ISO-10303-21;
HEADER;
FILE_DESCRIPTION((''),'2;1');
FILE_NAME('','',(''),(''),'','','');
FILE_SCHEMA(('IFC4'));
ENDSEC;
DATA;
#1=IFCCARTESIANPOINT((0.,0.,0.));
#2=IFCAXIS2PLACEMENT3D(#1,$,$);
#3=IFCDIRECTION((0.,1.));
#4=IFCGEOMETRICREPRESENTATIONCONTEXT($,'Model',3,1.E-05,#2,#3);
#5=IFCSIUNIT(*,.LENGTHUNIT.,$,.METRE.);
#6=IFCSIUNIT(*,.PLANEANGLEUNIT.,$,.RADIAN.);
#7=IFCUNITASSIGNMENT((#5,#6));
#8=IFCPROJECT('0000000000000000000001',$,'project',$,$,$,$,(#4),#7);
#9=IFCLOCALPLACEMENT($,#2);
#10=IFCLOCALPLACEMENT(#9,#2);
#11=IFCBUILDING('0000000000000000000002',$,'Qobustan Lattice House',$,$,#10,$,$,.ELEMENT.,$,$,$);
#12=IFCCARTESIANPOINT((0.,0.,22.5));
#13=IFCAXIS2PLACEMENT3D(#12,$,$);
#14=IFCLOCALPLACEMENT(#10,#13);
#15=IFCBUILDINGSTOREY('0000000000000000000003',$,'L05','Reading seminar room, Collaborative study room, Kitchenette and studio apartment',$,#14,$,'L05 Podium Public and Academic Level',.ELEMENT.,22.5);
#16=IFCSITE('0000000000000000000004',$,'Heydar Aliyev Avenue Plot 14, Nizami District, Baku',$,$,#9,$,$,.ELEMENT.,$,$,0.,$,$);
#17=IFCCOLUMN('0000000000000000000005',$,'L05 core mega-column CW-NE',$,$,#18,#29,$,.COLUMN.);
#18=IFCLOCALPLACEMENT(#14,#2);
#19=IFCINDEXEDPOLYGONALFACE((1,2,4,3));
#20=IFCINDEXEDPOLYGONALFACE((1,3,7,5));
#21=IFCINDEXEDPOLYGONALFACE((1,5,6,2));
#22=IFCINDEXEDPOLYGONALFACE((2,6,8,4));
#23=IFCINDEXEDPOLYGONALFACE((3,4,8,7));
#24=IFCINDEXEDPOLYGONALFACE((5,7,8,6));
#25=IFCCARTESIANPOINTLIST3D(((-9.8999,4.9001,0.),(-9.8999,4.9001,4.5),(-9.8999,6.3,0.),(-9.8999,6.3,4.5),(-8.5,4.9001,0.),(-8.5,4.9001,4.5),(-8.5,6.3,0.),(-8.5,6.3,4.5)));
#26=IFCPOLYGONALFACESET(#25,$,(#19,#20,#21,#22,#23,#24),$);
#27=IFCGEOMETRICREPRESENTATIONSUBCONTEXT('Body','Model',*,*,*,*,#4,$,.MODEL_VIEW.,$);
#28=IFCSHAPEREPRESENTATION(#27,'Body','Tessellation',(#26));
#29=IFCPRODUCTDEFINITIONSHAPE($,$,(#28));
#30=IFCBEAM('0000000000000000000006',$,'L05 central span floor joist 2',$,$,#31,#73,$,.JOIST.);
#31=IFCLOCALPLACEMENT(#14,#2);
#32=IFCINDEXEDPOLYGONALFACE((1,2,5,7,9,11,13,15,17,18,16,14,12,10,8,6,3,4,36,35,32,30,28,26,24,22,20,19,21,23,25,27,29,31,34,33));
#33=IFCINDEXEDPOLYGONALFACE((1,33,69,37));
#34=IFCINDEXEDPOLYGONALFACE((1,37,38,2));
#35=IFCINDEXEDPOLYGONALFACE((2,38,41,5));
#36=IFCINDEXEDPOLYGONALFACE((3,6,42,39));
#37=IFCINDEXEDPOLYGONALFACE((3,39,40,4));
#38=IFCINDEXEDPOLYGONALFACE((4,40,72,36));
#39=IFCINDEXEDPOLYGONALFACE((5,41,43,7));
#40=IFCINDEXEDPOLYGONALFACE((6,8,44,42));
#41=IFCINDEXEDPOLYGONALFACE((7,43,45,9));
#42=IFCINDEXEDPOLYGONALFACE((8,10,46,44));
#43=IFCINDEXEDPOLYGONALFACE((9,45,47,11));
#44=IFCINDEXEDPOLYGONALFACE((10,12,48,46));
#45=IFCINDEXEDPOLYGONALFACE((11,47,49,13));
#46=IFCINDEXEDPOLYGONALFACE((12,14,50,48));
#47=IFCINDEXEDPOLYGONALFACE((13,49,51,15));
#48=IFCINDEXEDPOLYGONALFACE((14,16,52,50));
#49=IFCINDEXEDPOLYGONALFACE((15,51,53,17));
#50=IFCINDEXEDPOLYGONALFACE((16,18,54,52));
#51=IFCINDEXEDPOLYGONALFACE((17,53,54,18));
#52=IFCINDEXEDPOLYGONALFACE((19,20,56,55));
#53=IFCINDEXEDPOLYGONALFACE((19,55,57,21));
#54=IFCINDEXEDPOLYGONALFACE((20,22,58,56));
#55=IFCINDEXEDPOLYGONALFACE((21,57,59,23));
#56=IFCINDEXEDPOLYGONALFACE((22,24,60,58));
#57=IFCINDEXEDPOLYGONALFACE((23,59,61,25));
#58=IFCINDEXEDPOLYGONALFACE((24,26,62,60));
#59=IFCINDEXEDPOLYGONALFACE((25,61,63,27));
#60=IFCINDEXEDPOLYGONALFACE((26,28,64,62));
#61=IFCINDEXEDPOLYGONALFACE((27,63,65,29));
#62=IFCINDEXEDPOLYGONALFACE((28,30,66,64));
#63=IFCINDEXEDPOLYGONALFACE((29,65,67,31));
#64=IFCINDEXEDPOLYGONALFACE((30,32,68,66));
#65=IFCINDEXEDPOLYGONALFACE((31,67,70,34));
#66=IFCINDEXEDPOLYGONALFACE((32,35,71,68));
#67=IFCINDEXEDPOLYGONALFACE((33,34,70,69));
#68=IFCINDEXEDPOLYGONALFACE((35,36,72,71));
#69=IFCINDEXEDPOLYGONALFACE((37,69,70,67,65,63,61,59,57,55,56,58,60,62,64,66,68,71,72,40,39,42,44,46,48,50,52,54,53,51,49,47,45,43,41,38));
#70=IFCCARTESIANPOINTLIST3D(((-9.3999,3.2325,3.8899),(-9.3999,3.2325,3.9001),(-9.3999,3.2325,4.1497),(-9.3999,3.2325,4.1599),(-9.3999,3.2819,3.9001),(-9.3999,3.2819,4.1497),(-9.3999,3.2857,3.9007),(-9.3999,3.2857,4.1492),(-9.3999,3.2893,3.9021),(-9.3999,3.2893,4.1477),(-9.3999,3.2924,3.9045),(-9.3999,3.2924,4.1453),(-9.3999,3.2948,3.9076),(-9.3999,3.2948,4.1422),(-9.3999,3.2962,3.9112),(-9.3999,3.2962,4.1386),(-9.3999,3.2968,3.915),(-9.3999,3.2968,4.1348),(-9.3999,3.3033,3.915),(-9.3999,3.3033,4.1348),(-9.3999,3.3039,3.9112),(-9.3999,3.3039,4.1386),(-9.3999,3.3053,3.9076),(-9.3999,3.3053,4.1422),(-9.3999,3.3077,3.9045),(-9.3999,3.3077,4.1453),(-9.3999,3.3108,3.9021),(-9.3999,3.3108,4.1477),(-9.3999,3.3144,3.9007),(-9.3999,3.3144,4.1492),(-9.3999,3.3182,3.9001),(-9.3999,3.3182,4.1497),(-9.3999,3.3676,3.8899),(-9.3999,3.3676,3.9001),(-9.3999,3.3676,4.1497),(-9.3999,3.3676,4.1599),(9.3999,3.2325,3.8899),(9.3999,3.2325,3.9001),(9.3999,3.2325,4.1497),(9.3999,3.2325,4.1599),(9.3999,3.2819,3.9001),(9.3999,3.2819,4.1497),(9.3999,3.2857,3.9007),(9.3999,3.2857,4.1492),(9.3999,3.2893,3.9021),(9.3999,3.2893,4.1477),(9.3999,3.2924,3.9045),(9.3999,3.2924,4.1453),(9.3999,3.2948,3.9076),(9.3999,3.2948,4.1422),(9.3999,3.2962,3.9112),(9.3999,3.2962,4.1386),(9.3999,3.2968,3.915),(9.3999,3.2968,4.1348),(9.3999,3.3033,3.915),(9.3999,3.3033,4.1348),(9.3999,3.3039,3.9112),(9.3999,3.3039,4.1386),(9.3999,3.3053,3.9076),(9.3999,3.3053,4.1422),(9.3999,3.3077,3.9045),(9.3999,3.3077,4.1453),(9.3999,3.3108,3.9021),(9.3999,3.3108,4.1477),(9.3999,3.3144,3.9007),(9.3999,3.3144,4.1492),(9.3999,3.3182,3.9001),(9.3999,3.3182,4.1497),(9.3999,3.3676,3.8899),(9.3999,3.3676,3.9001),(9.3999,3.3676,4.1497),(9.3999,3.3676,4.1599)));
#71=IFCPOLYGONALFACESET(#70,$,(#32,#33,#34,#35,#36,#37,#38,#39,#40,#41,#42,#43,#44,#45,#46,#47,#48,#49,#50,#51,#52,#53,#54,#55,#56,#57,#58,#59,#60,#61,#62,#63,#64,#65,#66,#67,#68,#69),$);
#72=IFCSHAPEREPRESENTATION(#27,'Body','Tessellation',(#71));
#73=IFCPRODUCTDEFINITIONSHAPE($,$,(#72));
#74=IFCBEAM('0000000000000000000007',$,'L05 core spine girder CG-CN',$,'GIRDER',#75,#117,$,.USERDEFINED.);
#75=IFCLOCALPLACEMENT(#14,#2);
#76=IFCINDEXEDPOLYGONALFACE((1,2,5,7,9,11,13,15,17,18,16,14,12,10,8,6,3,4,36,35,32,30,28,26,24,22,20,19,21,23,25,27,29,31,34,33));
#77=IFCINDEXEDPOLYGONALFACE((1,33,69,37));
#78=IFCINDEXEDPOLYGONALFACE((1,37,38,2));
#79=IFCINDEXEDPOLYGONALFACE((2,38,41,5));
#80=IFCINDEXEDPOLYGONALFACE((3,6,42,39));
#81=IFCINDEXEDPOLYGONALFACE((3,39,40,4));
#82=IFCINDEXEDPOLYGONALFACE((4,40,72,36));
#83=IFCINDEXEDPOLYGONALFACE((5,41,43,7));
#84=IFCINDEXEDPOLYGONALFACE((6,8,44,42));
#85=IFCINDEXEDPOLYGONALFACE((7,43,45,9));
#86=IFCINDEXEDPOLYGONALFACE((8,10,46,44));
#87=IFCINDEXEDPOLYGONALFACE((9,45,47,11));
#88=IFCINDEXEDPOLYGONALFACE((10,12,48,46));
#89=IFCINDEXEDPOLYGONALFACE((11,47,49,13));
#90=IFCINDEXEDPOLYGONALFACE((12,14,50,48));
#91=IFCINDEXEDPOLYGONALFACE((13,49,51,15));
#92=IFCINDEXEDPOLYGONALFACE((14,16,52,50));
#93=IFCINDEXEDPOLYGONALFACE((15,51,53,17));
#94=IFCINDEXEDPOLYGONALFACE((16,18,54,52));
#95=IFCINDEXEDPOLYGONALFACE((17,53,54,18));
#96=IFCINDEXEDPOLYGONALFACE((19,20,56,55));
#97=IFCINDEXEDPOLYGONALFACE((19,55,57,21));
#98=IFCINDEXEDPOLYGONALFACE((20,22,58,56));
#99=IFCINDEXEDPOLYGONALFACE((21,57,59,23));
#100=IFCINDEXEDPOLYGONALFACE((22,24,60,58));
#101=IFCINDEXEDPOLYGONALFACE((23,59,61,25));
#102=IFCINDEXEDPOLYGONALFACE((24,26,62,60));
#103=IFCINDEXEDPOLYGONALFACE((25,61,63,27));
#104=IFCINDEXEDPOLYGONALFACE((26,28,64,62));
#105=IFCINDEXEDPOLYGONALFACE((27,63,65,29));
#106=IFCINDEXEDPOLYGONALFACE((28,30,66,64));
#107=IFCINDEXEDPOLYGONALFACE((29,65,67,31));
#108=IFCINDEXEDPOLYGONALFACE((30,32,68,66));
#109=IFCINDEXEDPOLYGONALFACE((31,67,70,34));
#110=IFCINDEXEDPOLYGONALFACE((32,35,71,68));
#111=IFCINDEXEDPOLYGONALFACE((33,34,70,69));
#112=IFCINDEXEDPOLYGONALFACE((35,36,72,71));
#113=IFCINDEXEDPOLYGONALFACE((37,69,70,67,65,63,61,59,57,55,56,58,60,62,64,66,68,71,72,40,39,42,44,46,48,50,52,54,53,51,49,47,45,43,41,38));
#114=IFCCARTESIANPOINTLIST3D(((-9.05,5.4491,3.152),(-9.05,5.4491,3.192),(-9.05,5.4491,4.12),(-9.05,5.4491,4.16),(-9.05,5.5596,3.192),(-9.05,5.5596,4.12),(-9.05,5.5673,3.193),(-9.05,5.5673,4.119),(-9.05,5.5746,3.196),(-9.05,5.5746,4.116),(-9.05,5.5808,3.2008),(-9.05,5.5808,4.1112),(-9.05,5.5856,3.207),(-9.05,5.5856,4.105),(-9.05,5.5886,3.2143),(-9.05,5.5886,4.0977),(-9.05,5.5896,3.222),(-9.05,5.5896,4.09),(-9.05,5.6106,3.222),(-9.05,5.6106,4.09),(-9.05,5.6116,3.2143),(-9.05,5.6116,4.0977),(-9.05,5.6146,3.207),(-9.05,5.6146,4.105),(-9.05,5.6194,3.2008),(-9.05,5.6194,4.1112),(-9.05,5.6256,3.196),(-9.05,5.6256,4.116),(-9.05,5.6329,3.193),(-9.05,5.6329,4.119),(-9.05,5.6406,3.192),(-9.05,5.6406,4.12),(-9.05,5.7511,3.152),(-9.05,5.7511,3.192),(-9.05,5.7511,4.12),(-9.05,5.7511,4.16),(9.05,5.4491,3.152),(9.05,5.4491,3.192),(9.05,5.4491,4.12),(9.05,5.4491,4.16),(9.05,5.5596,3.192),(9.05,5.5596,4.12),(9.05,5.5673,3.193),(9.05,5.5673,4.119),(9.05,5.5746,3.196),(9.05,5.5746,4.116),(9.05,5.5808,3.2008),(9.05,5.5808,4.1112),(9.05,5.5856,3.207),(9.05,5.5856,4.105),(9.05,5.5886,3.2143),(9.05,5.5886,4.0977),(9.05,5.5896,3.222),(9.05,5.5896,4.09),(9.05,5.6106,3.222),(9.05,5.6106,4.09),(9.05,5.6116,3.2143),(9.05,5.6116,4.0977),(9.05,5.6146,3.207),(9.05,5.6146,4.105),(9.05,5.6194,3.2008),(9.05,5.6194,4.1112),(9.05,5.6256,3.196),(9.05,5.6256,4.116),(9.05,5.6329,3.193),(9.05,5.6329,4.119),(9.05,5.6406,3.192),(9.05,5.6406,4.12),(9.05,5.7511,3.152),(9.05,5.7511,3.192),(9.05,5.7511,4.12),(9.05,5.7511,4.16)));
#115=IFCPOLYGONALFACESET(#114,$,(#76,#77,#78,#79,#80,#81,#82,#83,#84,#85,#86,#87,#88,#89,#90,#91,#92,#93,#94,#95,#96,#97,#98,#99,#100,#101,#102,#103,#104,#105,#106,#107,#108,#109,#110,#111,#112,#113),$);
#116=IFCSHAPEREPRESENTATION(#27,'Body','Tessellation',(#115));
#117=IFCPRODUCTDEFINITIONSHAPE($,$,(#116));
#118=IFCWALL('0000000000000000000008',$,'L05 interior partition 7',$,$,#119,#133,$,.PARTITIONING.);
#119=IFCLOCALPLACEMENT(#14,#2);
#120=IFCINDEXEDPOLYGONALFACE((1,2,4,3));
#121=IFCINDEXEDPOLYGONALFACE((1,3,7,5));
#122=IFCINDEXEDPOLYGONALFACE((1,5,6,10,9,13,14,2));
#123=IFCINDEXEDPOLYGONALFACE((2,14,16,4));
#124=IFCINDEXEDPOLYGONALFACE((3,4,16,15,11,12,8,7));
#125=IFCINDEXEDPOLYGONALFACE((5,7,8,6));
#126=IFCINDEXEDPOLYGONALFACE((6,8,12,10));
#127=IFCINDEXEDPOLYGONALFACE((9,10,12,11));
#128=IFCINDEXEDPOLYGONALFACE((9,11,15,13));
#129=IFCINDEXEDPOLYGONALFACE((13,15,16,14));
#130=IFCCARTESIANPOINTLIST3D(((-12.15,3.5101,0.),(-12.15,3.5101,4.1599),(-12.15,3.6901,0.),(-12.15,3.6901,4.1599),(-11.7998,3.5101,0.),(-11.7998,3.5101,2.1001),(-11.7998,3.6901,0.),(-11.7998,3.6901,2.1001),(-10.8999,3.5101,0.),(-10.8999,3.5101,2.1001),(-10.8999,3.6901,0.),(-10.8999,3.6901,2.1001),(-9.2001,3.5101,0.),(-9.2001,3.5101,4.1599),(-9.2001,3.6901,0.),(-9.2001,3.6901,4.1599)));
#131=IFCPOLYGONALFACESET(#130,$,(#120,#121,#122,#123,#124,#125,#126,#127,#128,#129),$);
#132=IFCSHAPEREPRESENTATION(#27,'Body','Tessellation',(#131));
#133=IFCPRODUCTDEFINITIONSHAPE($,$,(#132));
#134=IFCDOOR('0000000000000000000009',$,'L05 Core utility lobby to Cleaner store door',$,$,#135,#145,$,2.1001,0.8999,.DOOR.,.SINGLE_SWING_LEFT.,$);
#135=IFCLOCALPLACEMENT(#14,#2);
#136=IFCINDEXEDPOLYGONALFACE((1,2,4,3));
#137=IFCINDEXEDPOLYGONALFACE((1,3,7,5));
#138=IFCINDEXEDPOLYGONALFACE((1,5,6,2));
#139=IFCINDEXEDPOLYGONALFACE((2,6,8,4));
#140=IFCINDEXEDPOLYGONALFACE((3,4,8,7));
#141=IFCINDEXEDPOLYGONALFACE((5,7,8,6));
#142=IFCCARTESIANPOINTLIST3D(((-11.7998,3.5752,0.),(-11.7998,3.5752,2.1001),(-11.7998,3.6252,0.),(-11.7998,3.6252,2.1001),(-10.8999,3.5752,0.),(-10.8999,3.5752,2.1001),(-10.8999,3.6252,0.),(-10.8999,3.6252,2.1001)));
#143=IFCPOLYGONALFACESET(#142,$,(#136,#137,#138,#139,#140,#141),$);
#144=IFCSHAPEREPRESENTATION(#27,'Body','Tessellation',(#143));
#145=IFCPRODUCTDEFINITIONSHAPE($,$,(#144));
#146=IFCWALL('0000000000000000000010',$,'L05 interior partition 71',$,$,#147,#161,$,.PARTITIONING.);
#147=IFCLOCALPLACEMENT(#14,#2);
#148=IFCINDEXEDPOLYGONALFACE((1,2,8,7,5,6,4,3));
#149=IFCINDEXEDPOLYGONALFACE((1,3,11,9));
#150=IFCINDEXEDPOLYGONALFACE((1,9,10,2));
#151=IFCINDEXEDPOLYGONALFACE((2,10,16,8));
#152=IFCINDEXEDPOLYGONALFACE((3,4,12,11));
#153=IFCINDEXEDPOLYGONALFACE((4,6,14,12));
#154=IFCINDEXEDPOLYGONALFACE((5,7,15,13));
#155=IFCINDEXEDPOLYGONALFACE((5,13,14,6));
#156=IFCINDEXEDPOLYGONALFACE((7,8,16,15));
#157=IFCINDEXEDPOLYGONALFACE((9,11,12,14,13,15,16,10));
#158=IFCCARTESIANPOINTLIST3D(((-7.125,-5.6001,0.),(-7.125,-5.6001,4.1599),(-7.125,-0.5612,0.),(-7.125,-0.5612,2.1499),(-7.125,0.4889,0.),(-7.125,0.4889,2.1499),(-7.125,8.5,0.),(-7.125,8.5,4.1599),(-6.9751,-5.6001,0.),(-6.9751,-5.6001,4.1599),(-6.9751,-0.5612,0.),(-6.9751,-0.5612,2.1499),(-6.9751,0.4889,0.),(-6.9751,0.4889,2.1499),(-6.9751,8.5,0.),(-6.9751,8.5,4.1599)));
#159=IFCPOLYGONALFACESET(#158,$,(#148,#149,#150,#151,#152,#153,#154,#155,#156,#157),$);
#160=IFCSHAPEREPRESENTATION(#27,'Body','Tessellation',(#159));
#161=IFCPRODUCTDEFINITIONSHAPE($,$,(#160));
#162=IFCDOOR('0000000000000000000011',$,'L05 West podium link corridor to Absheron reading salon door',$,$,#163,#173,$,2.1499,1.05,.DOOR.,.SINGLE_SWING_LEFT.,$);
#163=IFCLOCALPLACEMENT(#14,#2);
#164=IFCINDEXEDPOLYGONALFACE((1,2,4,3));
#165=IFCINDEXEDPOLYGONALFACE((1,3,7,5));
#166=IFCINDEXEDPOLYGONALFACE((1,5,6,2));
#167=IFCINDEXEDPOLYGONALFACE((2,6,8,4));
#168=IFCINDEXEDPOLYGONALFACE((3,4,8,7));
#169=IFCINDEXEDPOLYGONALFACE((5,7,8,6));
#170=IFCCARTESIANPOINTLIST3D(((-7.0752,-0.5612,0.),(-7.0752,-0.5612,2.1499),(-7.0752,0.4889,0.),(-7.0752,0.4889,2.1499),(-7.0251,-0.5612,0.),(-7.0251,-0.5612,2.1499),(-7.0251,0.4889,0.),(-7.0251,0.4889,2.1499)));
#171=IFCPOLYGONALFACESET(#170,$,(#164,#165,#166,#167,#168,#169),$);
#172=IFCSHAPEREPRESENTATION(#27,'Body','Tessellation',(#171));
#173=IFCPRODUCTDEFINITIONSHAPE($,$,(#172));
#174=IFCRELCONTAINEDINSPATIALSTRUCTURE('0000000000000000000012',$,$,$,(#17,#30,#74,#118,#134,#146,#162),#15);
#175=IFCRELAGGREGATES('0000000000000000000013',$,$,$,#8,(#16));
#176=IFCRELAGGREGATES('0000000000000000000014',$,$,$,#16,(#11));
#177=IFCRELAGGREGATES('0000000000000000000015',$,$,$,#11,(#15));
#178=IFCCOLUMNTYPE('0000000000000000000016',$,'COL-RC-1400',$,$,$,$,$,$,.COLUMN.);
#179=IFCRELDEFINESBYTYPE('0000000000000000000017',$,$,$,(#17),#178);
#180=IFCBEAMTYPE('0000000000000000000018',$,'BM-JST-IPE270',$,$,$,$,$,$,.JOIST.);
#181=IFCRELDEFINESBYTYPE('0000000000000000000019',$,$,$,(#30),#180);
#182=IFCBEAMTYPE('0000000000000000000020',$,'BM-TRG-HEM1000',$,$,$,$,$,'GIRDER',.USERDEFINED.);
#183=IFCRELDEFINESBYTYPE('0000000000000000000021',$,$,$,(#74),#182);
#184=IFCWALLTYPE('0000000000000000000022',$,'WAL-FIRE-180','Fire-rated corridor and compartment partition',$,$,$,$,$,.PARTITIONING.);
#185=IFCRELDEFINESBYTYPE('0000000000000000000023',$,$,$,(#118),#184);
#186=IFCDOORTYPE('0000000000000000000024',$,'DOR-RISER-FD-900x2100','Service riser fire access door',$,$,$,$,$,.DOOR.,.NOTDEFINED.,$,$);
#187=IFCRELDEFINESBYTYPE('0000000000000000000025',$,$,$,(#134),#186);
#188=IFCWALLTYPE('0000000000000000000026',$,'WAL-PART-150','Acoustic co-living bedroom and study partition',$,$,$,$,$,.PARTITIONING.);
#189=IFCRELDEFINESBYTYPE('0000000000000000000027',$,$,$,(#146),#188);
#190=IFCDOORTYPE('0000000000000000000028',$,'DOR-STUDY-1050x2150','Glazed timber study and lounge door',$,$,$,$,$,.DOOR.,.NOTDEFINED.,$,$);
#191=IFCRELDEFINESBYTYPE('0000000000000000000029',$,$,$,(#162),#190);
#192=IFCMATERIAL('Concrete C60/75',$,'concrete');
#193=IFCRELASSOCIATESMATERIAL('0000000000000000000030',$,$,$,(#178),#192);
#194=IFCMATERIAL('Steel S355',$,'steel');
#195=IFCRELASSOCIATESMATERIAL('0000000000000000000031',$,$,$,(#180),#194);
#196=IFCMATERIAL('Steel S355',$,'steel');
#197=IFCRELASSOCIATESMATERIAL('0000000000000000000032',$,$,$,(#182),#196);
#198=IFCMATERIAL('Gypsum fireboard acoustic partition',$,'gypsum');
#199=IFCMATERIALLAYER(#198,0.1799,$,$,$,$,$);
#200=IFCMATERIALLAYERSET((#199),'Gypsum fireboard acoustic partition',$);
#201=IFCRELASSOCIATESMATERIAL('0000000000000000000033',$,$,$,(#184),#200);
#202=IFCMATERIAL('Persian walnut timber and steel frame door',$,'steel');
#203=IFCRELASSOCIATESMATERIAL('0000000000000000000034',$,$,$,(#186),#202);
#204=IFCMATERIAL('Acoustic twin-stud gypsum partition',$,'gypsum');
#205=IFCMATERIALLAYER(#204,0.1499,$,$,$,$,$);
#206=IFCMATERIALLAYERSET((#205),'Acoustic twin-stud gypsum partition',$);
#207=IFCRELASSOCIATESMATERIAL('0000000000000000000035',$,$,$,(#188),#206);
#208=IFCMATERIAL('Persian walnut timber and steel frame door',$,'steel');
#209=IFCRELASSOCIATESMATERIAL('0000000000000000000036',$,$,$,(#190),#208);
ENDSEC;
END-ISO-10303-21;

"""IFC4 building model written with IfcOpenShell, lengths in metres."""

from ifc_helpers import new_model, si_unit, direction, frame, frame_2d, origin, origin_2d, place, context, subcontext, project, spatial, rectangle, i_section, extrude, material, layer, layer_set, material_profile, profile_set, type_object, element, fill, save


model = new_model("IFC4")

# Units and contexts
model_context = context("Model", 3, precision=1e-05, world=origin(), true_north=direction((0.0, 1.0)))
body_context = subcontext(model_context, "Body", "Model", "MODEL_VIEW")
ifc_project = project(units=[si_unit("LENGTHUNIT", "METRE"), si_unit("PLANEANGLEUNIT", "RADIAN")], contexts=[model_context])

# Site, building, storey
site_placement = place(None, origin())
site = spatial("IfcSite", under=ifc_project, at=site_placement, Name="Heydar Aliyev Avenue Plot 14, Nizami District, Baku", CompositionType="ELEMENT", RefElevation=0.0)
building_placement = place(site_placement, origin())
building = spatial("IfcBuilding", under=site, at=building_placement, Name="Qobustan Lattice House", CompositionType="ELEMENT")
storey_placement = place(building_placement, frame((0.0, 0.0, 22.5)))
storey = spatial("IfcBuildingStorey", under=building, at=storey_placement, Name="L05", Description="Reading seminar room, Collaborative study room, Kitchenette and studio apartment", LongName="L05 Podium Public and Academic Level", CompositionType="ELEMENT", Elevation=22.5)

# Column
ifc_material_1 = material(Name="Concrete C60/75", Category="concrete")
ifc_material_profile_1 = material_profile(ifc_material_1, rectangle(XDim=1.3999, YDim=1.3999, at=origin_2d()), Name="RC1400x1400")
ifc_profile_set_1 = profile_set([ifc_material_profile_1], Name="Concrete C60/75")
column_type = type_object("IfcColumnType", Name="COL-RC-1400", PredefinedType="COLUMN", material=ifc_profile_set_1)
column_placement = place(storey_placement, frame((-9.2, 5.6001, 0.0), z_axis=(0.0, 0.0, 1.0), x_axis=(1.0, 0.0, 0.0)))
element("IfcColumn", 1, at=column_placement, inside=storey, type_object=column_type, Name="L05 core mega-column CW-NE", PredefinedType="COLUMN", context=body_context, shape_type="SweptSolid", body=[
    extrude(rectangle(XDim=1.3999, YDim=1.3999, at=origin_2d()), origin(), (0.0, 0.0, 1.0), 4.5),
])

# Beams
ifc_material_2 = material(Name="Steel S355", Category="steel")
ifc_material_profile_2 = material_profile(ifc_material_2, i_section(OverallWidth=0.135, OverallDepth=0.27, WebThickness=0.0066, FlangeThickness=0.0103, FilletRadius=0.0149, at=origin_2d()), Name="IPE270")
ifc_profile_set_2 = profile_set([ifc_material_profile_2], Name="Steel S355")
beam_type_1 = type_object("IfcBeamType", Name="BM-JST-IPE270", PredefinedType="JOIST", material=ifc_profile_set_2)
beam_1_placement = place(storey_placement, frame((-9.3999, 3.3, 4.0249), z_axis=(1.0, 0.0, 0.0), x_axis=(0.0, 1.0, 0.0)))
element("IfcBeam", 2, at=beam_1_placement, inside=storey, type_object=beam_type_1, Name="L05 central span floor joist 2", PredefinedType="JOIST", context=body_context, shape_type="SweptSolid", body=[
    extrude(i_section(OverallWidth=0.135, OverallDepth=0.27, WebThickness=0.0066, FlangeThickness=0.0103, FilletRadius=0.0149, at=origin_2d()), origin(), (0.0, 0.0, 1.0), 18.7998),
])
ifc_material_3 = material(Name="Steel S355", Category="steel")
ifc_material_profile_3 = material_profile(ifc_material_3, i_section(OverallWidth=0.302, OverallDepth=1.0081, WebThickness=0.021, FlangeThickness=0.04, FilletRadius=0.03, at=origin_2d()), Name="HEM1000")
ifc_profile_set_3 = profile_set([ifc_material_profile_3], Name="Steel S355")
beam_type_2 = type_object("IfcBeamType", Name="BM-TRG-HEM1000", ElementType="GIRDER", PredefinedType="USERDEFINED", material=ifc_profile_set_3)
beam_2_placement = place(storey_placement, frame((-9.05, 5.6001, 3.656), z_axis=(1.0, 0.0, 0.0), x_axis=(0.0, 1.0, 0.0)))
element("IfcBeam", 3, at=beam_2_placement, inside=storey, type_object=beam_type_2, Name="L05 core spine girder CG-CN", ObjectType="GIRDER", PredefinedType="USERDEFINED", context=body_context, shape_type="SweptSolid", body=[
    extrude(i_section(OverallWidth=0.302, OverallDepth=1.0081, WebThickness=0.021, FlangeThickness=0.04, FilletRadius=0.03, at=origin_2d()), origin(), (0.0, 0.0, 1.0), 18.1001),
])

# Walls, openings, doors
ifc_material_4 = material(Name="Gypsum fireboard acoustic partition", Category="gypsum")
ifc_layer_1 = layer(ifc_material_4, 0.1799)
ifc_layer_set_1 = layer_set([ifc_layer_1], Name="Gypsum fireboard acoustic partition")
wall_type_1 = type_object("IfcWallType", Name="WAL-FIRE-180", Description="Fire-rated corridor and compartment partition", PredefinedType="PARTITIONING", material=ifc_layer_set_1)
wall_1_placement = place(storey_placement, frame((-9.2, 3.6001, 0.0), z_axis=(0.0, 0.0, 1.0), x_axis=(-1.0, 0.0, 0.0)))
wall_1 = element("IfcWall", 4, at=wall_1_placement, inside=storey, type_object=wall_type_1, Name="L05 interior partition 7", PredefinedType="PARTITIONING", context=body_context, shape_type="SweptSolid", body=[
    extrude(rectangle(XDim=2.95, YDim=0.1799, at=frame_2d((1.4751, 0.0))), origin(), (0.0, 0.0, 1.0), 4.1599),
])
opening_1_placement = place(wall_1_placement, frame((1.7, 0.0, 0.0)))
opening_1 = element("IfcOpeningElement", 5, at=opening_1_placement, cuts=wall_1, PredefinedType="OPENING", context=body_context, shape_type="SweptSolid", body=[
    extrude(rectangle(XDim=0.8999, YDim=2.1001, at=frame_2d((0.45, 1.05))), frame((0.0, 0.0999, 0.0), z_axis=(0.0, -1.0, 0.0), x_axis=(1.0, 0.0, 0.0)), (0.0, 0.0, 1.0), 0.2),
])
ifc_material_5 = material(Name="Persian walnut timber and steel frame door", Category="steel")
door_type_1 = type_object("IfcDoorType", Name="DOR-RISER-FD-900x2100", Description="Service riser fire access door", OperationType="NOTDEFINED", PredefinedType="DOOR", material=ifc_material_5)
door_1_placement = place(opening_1_placement, origin())
door_1 = element("IfcDoor", 6, at=door_1_placement, inside=storey, type_object=door_type_1, Name="L05 Core utility lobby to Cleaner store door", OperationType="SINGLE_SWING_LEFT", OverallHeight=2.1001, OverallWidth=0.8999, PredefinedType="DOOR", context=body_context, shape_type="SweptSolid", body=[
    extrude(rectangle(XDim=0.8999, YDim=2.1001, at=frame_2d((0.45, 1.05))), frame((0.0, 0.0249, 0.0), z_axis=(0.0, -1.0, 0.0), x_axis=(1.0, 0.0, 0.0)), (0.0, 0.0, 1.0), 0.05),
])
fill(opening_1, door_1)
ifc_material_6 = material(Name="Acoustic twin-stud gypsum partition", Category="gypsum")
ifc_layer_2 = layer(ifc_material_6, 0.1499)
ifc_layer_set_2 = layer_set([ifc_layer_2], Name="Acoustic twin-stud gypsum partition")
wall_type_2 = type_object("IfcWallType", Name="WAL-PART-150", Description="Acoustic co-living bedroom and study partition", PredefinedType="PARTITIONING", material=ifc_layer_set_2)
wall_2_placement = place(storey_placement, frame((-7.05, 8.5, 0.0), z_axis=(0.0, 0.0, 1.0), x_axis=(0.0, -1.0, 0.0)))
wall_2 = element("IfcWall", 7, at=wall_2_placement, inside=storey, type_object=wall_type_2, Name="L05 interior partition 71", PredefinedType="PARTITIONING", context=body_context, shape_type="SweptSolid", body=[
    extrude(rectangle(XDim=14.1001, YDim=0.1499, at=frame_2d((7.05, 0.0))), origin(), (0.0, 0.0, 1.0), 4.1599),
])
opening_2_placement = place(wall_2_placement, frame((8.0112, 0.0, 0.0)))
opening_2 = element("IfcOpeningElement", 8, at=opening_2_placement, cuts=wall_2, PredefinedType="OPENING", context=body_context, shape_type="SweptSolid", body=[
    extrude(rectangle(XDim=1.05, YDim=2.1499, at=frame_2d((0.5249, 1.075))), frame((0.0, 0.085, 0.0), z_axis=(0.0, -1.0, 0.0), x_axis=(1.0, 0.0, 0.0)), (0.0, 0.0, 1.0), 0.1699),
])
ifc_material_7 = material(Name="Persian walnut timber and steel frame door", Category="steel")
door_type_2 = type_object("IfcDoorType", Name="DOR-STUDY-1050x2150", Description="Glazed timber study and lounge door", OperationType="NOTDEFINED", PredefinedType="DOOR", material=ifc_material_7)
door_2_placement = place(opening_2_placement, origin())
door_2 = element("IfcDoor", 9, at=door_2_placement, inside=storey, type_object=door_type_2, Name="L05 West podium link corridor to Absheron reading salon door", OperationType="SINGLE_SWING_LEFT", OverallHeight=2.1499, OverallWidth=1.05, PredefinedType="DOOR", context=body_context, shape_type="SweptSolid", body=[
    extrude(rectangle(XDim=1.05, YDim=2.1499, at=frame_2d((0.5249, 1.075))), frame((0.0, 0.0249, 0.0), z_axis=(0.0, -1.0, 0.0), x_axis=(1.0, 0.0, 0.0)), (0.0, 0.0, 1.0), 0.05),
])
fill(opening_2, door_2)

save(model, "model.ifc")
